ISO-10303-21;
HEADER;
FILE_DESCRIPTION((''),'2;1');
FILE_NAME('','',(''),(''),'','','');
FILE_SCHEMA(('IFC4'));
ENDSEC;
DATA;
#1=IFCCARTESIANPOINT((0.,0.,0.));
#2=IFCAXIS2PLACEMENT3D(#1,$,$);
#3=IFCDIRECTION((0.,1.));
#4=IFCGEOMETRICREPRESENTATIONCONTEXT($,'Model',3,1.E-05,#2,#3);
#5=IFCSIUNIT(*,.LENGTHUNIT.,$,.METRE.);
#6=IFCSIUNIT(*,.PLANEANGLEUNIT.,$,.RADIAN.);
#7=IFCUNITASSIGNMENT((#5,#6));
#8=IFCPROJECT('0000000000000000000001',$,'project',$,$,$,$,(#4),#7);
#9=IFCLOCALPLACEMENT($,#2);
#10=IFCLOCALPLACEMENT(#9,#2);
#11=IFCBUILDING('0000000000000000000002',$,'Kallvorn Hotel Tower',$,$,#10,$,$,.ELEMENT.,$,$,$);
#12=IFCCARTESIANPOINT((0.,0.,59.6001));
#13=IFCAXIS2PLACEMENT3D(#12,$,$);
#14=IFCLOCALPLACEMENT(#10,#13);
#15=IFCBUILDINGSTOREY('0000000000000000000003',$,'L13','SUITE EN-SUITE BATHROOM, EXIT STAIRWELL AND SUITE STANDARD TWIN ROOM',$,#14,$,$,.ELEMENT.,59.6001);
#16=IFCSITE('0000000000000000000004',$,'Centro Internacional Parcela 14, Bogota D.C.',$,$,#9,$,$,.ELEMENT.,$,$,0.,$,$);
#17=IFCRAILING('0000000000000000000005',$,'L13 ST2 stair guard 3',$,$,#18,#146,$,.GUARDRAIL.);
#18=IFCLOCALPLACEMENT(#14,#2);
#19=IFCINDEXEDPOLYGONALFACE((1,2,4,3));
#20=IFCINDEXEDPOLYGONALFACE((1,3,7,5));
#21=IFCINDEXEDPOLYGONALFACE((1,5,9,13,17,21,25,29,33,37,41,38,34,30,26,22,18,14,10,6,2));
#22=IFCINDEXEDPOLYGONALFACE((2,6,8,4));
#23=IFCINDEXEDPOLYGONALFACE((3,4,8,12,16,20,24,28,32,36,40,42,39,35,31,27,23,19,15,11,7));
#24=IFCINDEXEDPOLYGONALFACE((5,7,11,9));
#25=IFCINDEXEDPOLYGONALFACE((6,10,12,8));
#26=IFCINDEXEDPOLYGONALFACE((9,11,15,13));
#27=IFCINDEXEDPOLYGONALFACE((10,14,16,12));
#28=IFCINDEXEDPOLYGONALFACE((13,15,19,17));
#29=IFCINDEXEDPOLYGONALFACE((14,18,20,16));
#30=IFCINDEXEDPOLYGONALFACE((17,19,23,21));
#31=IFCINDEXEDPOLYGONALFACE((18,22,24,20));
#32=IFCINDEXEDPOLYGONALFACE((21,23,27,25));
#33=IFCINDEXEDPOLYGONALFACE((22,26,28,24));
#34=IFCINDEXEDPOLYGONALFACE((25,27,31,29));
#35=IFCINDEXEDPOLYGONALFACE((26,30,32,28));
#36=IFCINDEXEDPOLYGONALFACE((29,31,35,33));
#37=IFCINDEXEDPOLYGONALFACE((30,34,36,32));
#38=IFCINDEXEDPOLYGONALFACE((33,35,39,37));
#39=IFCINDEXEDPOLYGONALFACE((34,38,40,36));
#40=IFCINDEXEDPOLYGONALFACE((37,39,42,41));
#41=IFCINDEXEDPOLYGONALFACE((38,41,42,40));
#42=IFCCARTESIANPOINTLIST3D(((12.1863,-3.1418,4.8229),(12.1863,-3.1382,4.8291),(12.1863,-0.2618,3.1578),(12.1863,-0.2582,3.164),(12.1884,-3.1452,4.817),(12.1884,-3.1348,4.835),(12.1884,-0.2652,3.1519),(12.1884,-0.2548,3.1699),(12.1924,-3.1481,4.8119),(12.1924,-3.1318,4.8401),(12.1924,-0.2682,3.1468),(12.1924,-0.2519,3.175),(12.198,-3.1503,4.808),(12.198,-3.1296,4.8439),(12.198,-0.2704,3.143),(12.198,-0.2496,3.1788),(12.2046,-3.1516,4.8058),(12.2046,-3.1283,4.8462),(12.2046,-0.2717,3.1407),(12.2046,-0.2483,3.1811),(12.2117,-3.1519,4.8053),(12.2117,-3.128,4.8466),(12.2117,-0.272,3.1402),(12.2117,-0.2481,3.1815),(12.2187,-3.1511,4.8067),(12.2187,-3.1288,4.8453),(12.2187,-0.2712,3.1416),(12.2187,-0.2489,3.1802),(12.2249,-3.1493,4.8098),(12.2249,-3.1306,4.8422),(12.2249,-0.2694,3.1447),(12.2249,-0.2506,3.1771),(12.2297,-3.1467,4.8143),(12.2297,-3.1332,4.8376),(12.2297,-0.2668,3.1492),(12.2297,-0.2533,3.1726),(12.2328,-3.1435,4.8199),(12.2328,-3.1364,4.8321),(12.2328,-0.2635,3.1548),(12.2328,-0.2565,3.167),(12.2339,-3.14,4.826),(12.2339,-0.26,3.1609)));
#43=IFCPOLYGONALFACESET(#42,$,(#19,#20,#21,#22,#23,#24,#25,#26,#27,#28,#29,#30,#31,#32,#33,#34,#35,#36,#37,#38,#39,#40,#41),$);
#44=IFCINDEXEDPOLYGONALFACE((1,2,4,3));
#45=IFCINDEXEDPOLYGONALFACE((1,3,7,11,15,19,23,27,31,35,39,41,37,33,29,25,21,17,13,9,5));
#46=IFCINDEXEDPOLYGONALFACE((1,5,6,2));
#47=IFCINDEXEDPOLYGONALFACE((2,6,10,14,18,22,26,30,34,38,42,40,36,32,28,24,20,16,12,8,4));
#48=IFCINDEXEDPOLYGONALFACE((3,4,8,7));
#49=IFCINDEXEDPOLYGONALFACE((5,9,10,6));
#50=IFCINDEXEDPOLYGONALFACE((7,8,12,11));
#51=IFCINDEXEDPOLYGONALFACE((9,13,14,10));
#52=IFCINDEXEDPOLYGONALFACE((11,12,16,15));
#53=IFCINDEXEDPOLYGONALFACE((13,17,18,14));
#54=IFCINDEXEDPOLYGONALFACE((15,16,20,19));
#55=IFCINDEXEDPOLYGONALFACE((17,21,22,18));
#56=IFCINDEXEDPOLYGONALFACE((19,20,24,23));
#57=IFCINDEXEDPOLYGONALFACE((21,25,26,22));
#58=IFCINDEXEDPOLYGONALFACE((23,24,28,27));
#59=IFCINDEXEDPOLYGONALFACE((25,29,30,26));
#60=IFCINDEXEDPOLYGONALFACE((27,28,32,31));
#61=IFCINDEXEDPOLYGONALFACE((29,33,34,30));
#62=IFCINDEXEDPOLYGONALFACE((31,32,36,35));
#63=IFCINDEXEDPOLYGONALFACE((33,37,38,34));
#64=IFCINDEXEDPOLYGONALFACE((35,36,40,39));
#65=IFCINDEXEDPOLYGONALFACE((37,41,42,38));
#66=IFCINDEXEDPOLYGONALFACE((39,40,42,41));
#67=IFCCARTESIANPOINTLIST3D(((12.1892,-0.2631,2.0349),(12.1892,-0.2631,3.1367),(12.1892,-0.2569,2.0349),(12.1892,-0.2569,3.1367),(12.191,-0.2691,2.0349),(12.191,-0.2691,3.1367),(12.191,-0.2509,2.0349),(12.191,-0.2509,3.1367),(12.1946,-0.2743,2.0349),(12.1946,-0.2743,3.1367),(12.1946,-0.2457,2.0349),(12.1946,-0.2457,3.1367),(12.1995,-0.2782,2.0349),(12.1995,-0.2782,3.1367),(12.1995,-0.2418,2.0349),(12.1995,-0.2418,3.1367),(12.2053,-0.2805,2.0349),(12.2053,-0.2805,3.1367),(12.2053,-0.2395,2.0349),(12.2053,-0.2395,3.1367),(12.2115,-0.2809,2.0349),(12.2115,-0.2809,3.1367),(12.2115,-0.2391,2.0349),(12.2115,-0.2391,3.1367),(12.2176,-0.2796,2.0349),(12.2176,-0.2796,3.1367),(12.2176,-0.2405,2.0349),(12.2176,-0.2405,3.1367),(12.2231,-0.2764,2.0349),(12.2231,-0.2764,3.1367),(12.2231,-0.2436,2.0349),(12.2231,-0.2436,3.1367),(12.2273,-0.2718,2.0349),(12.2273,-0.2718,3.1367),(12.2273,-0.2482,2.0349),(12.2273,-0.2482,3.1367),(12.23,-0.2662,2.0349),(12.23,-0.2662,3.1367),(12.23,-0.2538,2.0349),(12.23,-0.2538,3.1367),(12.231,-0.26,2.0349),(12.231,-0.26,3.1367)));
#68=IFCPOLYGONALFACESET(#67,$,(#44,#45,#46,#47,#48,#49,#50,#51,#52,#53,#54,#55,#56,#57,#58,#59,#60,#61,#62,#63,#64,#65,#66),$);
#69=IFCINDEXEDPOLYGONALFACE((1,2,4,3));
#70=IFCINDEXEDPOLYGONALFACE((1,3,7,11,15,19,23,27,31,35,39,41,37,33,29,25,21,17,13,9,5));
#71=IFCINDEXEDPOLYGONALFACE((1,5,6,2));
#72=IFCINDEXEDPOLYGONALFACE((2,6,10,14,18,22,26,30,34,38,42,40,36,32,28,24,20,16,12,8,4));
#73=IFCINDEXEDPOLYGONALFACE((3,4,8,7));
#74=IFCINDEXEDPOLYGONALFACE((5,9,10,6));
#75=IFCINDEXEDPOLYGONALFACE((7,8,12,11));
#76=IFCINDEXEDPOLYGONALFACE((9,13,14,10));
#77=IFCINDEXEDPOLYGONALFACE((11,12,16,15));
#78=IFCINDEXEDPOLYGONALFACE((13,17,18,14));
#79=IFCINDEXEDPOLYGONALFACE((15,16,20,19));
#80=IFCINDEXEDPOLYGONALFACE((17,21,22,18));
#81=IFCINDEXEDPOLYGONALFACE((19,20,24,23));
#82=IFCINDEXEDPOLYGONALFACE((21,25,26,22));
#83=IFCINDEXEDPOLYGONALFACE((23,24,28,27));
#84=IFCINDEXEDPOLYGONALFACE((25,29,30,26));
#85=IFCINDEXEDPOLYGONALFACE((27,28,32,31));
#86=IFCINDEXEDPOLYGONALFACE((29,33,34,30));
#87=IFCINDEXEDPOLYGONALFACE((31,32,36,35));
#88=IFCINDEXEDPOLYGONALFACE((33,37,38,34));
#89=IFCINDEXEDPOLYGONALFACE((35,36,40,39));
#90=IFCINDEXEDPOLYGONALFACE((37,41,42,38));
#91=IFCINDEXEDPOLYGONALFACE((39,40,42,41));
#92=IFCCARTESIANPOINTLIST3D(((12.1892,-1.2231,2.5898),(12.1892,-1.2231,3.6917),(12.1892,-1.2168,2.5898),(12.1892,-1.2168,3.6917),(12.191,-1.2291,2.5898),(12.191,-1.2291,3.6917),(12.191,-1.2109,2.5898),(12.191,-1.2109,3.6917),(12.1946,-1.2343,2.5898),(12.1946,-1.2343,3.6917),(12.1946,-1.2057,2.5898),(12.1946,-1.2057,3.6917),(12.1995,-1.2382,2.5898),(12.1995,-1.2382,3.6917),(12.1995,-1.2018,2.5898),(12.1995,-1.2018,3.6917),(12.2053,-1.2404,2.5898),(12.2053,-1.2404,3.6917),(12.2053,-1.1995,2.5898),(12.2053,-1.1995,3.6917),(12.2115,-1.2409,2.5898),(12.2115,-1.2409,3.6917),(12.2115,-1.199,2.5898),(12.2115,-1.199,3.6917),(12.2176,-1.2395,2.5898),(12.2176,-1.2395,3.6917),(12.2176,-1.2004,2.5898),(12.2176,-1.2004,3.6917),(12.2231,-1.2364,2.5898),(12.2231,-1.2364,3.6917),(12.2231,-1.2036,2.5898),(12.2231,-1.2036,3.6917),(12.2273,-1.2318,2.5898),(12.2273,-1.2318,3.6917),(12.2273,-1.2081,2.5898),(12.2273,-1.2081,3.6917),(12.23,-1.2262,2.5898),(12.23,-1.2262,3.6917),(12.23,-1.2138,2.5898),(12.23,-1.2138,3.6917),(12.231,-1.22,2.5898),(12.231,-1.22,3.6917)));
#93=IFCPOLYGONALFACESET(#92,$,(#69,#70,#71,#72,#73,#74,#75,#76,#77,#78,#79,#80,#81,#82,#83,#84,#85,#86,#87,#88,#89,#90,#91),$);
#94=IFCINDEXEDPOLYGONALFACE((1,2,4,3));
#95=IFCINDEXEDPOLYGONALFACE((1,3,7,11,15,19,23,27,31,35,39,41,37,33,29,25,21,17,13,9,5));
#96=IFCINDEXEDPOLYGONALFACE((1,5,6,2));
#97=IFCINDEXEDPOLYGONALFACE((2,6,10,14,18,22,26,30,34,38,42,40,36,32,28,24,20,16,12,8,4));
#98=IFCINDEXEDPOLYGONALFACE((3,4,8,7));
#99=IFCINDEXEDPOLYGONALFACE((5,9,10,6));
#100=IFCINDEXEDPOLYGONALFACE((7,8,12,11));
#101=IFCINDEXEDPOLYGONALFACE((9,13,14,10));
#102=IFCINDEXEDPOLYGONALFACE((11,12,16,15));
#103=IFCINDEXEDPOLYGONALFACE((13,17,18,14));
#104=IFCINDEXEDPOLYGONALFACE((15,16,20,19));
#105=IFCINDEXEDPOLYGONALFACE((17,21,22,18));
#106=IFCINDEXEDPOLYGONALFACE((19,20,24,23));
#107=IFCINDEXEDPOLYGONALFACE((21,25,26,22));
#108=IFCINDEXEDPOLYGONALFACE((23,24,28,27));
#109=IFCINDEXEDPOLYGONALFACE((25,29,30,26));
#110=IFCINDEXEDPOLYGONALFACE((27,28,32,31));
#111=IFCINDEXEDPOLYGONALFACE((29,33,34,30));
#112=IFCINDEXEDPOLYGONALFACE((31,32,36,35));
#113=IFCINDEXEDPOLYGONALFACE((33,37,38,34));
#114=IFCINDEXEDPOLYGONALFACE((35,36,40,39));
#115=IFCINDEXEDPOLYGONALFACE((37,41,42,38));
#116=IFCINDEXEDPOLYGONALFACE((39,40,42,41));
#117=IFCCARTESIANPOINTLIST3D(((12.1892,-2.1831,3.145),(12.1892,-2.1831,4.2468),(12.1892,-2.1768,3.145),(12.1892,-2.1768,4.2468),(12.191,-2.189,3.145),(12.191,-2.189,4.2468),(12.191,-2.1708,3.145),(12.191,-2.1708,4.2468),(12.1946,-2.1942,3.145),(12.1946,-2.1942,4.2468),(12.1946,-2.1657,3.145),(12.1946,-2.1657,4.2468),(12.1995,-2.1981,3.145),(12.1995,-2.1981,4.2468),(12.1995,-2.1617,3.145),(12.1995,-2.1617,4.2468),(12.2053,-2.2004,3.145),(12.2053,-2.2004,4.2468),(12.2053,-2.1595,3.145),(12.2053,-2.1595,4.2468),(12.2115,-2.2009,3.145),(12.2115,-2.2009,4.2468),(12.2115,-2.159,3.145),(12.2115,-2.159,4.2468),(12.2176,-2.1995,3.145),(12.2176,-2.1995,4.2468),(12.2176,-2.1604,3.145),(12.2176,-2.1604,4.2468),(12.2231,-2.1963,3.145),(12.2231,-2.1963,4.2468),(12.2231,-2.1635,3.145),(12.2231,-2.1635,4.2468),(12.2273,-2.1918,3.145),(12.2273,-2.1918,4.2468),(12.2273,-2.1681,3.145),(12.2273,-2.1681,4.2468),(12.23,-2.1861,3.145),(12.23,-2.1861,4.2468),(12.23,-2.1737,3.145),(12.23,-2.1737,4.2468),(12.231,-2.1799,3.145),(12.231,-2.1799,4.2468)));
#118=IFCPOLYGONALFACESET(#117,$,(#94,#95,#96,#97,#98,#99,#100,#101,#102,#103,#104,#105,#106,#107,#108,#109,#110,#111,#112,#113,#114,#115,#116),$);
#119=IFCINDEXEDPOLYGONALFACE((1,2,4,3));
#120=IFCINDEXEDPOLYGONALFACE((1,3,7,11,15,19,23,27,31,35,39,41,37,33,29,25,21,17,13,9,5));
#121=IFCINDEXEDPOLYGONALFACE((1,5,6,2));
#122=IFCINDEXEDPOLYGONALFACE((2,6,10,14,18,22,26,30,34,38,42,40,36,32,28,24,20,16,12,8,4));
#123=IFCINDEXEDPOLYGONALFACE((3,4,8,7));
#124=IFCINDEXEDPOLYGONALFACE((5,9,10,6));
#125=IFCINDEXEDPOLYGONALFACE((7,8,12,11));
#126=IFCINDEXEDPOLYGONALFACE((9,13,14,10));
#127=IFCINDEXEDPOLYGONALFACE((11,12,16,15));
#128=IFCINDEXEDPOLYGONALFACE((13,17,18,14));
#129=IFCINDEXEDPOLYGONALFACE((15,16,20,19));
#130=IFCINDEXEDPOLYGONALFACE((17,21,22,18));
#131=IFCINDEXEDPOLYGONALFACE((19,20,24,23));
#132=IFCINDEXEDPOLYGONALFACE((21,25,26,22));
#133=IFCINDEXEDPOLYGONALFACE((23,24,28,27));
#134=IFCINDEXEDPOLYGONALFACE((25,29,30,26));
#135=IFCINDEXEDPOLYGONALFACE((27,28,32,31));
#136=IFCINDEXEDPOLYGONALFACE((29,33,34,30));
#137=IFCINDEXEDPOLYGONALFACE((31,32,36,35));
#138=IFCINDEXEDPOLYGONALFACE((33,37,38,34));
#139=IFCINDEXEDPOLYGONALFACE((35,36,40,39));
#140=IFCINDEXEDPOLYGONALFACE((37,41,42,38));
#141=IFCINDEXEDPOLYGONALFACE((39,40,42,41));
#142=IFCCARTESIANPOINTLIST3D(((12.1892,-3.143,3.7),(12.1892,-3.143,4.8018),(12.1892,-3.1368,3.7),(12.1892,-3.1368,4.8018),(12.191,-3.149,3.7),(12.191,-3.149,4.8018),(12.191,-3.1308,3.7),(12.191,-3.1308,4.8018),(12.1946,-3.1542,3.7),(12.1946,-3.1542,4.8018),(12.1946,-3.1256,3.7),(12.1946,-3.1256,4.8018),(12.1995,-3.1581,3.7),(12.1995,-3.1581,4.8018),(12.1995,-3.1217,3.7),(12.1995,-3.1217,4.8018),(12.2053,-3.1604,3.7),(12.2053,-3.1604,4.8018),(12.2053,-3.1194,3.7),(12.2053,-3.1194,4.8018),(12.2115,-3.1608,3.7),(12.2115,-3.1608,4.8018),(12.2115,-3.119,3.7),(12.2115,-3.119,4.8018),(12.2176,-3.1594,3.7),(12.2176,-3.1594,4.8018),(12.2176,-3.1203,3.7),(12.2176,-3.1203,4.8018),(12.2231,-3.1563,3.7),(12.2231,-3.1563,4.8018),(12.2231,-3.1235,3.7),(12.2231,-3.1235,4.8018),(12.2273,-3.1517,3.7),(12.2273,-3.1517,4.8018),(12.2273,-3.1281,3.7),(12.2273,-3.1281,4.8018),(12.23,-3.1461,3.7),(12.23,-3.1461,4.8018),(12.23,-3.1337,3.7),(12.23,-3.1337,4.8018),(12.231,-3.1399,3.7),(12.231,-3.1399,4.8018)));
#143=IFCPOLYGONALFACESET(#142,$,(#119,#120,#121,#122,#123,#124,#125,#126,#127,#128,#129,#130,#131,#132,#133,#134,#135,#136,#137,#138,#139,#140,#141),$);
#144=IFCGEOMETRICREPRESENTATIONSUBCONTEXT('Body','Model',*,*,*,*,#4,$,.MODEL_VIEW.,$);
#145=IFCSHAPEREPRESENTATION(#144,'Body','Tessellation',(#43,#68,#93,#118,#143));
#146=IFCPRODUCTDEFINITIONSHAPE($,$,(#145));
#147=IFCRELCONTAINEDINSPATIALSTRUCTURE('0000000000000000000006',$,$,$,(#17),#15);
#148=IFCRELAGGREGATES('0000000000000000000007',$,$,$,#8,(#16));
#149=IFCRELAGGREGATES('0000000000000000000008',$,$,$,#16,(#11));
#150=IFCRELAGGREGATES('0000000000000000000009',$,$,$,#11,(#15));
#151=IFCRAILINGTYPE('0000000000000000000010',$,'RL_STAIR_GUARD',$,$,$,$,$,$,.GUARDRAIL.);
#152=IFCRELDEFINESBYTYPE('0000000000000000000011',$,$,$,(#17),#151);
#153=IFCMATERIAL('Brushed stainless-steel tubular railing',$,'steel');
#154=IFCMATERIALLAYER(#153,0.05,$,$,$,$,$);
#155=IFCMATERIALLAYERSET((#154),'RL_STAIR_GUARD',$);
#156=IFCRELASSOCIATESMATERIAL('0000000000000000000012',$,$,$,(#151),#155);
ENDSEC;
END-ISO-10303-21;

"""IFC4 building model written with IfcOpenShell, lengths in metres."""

from ifc_helpers import new_model, si_unit, direction, frame, origin, origin_2d, place, context, subcontext, project, spatial, circle, extrude, material, layer, layer_set, type_object, element, save


model = new_model("IFC4")

# Units and contexts
model_context = context("Model", 3, precision=1e-05, world=origin(), true_north=direction((0.0, 1.0)))
body_context = subcontext(model_context, "Body", "Model", "MODEL_VIEW")
ifc_project = project(units=[si_unit("LENGTHUNIT", "METRE"), si_unit("PLANEANGLEUNIT", "RADIAN")], contexts=[model_context])

# Site, building, storey
site_placement = place(None, origin())
site = spatial("IfcSite", under=ifc_project, at=site_placement, Name="Centro Internacional Parcela 14, Bogota D.C.", CompositionType="ELEMENT", RefElevation=0.0)
building_placement = place(site_placement, origin())
building = spatial("IfcBuilding", under=site, at=building_placement, Name="Kallvorn Hotel Tower", CompositionType="ELEMENT")
storey_placement = place(building_placement, frame((0.0, 0.0, 59.6001)))
storey = spatial("IfcBuildingStorey", under=building, at=storey_placement, Name="L13", Description="SUITE EN-SUITE BATHROOM, EXIT STAIRWELL AND SUITE STANDARD TWIN ROOM", CompositionType="ELEMENT", Elevation=59.6001)

# Railing
ifc_material_1 = material(Name="Brushed stainless-steel tubular railing", Category="steel")
ifc_layer_1 = layer(ifc_material_1, 0.05)
ifc_layer_set_1 = layer_set([ifc_layer_1], Name="RL_STAIR_GUARD")
railing_type_1 = type_object("IfcRailingType", Name="RL_STAIR_GUARD", PredefinedType="GUARDRAIL", material=ifc_layer_set_1)
railing_1_placement = place(storey_placement, frame((12.21, -0.26, 2.0349)))
element("IfcRailing", 1, at=railing_1_placement, inside=storey, type_object=railing_type_1, Name="L13 ST2 stair guard 3", PredefinedType="GUARDRAIL", context=body_context, shape_type="SweptSolid", body=[
    extrude(circle(Radius=0.0239, at=origin_2d()), frame((0.0, 0.0, 1.126), z_axis=(0.0, -0.865721, 0.500527), x_axis=(1.0, 0.0, 0.0)), (0.0, 0.0, 1.0), 3.3267),
    extrude(circle(Radius=0.021, at=origin_2d()), origin(), (0.0, 0.0, 1.0), 1.1018),
    extrude(circle(Radius=0.021, at=origin_2d()), frame((0.0, -0.96, 0.5549)), (0.0, 0.0, 1.0), 1.1018),
    extrude(circle(Radius=0.021, at=origin_2d()), frame((0.0, -1.9199, 1.1101)), (0.0, 0.0, 1.0), 1.1018),
    extrude(circle(Radius=0.021, at=origin_2d()), frame((0.0, -2.8799, 1.665)), (0.0, 0.0, 1.0), 1.1018),
])

save(model, "model.ifc")
